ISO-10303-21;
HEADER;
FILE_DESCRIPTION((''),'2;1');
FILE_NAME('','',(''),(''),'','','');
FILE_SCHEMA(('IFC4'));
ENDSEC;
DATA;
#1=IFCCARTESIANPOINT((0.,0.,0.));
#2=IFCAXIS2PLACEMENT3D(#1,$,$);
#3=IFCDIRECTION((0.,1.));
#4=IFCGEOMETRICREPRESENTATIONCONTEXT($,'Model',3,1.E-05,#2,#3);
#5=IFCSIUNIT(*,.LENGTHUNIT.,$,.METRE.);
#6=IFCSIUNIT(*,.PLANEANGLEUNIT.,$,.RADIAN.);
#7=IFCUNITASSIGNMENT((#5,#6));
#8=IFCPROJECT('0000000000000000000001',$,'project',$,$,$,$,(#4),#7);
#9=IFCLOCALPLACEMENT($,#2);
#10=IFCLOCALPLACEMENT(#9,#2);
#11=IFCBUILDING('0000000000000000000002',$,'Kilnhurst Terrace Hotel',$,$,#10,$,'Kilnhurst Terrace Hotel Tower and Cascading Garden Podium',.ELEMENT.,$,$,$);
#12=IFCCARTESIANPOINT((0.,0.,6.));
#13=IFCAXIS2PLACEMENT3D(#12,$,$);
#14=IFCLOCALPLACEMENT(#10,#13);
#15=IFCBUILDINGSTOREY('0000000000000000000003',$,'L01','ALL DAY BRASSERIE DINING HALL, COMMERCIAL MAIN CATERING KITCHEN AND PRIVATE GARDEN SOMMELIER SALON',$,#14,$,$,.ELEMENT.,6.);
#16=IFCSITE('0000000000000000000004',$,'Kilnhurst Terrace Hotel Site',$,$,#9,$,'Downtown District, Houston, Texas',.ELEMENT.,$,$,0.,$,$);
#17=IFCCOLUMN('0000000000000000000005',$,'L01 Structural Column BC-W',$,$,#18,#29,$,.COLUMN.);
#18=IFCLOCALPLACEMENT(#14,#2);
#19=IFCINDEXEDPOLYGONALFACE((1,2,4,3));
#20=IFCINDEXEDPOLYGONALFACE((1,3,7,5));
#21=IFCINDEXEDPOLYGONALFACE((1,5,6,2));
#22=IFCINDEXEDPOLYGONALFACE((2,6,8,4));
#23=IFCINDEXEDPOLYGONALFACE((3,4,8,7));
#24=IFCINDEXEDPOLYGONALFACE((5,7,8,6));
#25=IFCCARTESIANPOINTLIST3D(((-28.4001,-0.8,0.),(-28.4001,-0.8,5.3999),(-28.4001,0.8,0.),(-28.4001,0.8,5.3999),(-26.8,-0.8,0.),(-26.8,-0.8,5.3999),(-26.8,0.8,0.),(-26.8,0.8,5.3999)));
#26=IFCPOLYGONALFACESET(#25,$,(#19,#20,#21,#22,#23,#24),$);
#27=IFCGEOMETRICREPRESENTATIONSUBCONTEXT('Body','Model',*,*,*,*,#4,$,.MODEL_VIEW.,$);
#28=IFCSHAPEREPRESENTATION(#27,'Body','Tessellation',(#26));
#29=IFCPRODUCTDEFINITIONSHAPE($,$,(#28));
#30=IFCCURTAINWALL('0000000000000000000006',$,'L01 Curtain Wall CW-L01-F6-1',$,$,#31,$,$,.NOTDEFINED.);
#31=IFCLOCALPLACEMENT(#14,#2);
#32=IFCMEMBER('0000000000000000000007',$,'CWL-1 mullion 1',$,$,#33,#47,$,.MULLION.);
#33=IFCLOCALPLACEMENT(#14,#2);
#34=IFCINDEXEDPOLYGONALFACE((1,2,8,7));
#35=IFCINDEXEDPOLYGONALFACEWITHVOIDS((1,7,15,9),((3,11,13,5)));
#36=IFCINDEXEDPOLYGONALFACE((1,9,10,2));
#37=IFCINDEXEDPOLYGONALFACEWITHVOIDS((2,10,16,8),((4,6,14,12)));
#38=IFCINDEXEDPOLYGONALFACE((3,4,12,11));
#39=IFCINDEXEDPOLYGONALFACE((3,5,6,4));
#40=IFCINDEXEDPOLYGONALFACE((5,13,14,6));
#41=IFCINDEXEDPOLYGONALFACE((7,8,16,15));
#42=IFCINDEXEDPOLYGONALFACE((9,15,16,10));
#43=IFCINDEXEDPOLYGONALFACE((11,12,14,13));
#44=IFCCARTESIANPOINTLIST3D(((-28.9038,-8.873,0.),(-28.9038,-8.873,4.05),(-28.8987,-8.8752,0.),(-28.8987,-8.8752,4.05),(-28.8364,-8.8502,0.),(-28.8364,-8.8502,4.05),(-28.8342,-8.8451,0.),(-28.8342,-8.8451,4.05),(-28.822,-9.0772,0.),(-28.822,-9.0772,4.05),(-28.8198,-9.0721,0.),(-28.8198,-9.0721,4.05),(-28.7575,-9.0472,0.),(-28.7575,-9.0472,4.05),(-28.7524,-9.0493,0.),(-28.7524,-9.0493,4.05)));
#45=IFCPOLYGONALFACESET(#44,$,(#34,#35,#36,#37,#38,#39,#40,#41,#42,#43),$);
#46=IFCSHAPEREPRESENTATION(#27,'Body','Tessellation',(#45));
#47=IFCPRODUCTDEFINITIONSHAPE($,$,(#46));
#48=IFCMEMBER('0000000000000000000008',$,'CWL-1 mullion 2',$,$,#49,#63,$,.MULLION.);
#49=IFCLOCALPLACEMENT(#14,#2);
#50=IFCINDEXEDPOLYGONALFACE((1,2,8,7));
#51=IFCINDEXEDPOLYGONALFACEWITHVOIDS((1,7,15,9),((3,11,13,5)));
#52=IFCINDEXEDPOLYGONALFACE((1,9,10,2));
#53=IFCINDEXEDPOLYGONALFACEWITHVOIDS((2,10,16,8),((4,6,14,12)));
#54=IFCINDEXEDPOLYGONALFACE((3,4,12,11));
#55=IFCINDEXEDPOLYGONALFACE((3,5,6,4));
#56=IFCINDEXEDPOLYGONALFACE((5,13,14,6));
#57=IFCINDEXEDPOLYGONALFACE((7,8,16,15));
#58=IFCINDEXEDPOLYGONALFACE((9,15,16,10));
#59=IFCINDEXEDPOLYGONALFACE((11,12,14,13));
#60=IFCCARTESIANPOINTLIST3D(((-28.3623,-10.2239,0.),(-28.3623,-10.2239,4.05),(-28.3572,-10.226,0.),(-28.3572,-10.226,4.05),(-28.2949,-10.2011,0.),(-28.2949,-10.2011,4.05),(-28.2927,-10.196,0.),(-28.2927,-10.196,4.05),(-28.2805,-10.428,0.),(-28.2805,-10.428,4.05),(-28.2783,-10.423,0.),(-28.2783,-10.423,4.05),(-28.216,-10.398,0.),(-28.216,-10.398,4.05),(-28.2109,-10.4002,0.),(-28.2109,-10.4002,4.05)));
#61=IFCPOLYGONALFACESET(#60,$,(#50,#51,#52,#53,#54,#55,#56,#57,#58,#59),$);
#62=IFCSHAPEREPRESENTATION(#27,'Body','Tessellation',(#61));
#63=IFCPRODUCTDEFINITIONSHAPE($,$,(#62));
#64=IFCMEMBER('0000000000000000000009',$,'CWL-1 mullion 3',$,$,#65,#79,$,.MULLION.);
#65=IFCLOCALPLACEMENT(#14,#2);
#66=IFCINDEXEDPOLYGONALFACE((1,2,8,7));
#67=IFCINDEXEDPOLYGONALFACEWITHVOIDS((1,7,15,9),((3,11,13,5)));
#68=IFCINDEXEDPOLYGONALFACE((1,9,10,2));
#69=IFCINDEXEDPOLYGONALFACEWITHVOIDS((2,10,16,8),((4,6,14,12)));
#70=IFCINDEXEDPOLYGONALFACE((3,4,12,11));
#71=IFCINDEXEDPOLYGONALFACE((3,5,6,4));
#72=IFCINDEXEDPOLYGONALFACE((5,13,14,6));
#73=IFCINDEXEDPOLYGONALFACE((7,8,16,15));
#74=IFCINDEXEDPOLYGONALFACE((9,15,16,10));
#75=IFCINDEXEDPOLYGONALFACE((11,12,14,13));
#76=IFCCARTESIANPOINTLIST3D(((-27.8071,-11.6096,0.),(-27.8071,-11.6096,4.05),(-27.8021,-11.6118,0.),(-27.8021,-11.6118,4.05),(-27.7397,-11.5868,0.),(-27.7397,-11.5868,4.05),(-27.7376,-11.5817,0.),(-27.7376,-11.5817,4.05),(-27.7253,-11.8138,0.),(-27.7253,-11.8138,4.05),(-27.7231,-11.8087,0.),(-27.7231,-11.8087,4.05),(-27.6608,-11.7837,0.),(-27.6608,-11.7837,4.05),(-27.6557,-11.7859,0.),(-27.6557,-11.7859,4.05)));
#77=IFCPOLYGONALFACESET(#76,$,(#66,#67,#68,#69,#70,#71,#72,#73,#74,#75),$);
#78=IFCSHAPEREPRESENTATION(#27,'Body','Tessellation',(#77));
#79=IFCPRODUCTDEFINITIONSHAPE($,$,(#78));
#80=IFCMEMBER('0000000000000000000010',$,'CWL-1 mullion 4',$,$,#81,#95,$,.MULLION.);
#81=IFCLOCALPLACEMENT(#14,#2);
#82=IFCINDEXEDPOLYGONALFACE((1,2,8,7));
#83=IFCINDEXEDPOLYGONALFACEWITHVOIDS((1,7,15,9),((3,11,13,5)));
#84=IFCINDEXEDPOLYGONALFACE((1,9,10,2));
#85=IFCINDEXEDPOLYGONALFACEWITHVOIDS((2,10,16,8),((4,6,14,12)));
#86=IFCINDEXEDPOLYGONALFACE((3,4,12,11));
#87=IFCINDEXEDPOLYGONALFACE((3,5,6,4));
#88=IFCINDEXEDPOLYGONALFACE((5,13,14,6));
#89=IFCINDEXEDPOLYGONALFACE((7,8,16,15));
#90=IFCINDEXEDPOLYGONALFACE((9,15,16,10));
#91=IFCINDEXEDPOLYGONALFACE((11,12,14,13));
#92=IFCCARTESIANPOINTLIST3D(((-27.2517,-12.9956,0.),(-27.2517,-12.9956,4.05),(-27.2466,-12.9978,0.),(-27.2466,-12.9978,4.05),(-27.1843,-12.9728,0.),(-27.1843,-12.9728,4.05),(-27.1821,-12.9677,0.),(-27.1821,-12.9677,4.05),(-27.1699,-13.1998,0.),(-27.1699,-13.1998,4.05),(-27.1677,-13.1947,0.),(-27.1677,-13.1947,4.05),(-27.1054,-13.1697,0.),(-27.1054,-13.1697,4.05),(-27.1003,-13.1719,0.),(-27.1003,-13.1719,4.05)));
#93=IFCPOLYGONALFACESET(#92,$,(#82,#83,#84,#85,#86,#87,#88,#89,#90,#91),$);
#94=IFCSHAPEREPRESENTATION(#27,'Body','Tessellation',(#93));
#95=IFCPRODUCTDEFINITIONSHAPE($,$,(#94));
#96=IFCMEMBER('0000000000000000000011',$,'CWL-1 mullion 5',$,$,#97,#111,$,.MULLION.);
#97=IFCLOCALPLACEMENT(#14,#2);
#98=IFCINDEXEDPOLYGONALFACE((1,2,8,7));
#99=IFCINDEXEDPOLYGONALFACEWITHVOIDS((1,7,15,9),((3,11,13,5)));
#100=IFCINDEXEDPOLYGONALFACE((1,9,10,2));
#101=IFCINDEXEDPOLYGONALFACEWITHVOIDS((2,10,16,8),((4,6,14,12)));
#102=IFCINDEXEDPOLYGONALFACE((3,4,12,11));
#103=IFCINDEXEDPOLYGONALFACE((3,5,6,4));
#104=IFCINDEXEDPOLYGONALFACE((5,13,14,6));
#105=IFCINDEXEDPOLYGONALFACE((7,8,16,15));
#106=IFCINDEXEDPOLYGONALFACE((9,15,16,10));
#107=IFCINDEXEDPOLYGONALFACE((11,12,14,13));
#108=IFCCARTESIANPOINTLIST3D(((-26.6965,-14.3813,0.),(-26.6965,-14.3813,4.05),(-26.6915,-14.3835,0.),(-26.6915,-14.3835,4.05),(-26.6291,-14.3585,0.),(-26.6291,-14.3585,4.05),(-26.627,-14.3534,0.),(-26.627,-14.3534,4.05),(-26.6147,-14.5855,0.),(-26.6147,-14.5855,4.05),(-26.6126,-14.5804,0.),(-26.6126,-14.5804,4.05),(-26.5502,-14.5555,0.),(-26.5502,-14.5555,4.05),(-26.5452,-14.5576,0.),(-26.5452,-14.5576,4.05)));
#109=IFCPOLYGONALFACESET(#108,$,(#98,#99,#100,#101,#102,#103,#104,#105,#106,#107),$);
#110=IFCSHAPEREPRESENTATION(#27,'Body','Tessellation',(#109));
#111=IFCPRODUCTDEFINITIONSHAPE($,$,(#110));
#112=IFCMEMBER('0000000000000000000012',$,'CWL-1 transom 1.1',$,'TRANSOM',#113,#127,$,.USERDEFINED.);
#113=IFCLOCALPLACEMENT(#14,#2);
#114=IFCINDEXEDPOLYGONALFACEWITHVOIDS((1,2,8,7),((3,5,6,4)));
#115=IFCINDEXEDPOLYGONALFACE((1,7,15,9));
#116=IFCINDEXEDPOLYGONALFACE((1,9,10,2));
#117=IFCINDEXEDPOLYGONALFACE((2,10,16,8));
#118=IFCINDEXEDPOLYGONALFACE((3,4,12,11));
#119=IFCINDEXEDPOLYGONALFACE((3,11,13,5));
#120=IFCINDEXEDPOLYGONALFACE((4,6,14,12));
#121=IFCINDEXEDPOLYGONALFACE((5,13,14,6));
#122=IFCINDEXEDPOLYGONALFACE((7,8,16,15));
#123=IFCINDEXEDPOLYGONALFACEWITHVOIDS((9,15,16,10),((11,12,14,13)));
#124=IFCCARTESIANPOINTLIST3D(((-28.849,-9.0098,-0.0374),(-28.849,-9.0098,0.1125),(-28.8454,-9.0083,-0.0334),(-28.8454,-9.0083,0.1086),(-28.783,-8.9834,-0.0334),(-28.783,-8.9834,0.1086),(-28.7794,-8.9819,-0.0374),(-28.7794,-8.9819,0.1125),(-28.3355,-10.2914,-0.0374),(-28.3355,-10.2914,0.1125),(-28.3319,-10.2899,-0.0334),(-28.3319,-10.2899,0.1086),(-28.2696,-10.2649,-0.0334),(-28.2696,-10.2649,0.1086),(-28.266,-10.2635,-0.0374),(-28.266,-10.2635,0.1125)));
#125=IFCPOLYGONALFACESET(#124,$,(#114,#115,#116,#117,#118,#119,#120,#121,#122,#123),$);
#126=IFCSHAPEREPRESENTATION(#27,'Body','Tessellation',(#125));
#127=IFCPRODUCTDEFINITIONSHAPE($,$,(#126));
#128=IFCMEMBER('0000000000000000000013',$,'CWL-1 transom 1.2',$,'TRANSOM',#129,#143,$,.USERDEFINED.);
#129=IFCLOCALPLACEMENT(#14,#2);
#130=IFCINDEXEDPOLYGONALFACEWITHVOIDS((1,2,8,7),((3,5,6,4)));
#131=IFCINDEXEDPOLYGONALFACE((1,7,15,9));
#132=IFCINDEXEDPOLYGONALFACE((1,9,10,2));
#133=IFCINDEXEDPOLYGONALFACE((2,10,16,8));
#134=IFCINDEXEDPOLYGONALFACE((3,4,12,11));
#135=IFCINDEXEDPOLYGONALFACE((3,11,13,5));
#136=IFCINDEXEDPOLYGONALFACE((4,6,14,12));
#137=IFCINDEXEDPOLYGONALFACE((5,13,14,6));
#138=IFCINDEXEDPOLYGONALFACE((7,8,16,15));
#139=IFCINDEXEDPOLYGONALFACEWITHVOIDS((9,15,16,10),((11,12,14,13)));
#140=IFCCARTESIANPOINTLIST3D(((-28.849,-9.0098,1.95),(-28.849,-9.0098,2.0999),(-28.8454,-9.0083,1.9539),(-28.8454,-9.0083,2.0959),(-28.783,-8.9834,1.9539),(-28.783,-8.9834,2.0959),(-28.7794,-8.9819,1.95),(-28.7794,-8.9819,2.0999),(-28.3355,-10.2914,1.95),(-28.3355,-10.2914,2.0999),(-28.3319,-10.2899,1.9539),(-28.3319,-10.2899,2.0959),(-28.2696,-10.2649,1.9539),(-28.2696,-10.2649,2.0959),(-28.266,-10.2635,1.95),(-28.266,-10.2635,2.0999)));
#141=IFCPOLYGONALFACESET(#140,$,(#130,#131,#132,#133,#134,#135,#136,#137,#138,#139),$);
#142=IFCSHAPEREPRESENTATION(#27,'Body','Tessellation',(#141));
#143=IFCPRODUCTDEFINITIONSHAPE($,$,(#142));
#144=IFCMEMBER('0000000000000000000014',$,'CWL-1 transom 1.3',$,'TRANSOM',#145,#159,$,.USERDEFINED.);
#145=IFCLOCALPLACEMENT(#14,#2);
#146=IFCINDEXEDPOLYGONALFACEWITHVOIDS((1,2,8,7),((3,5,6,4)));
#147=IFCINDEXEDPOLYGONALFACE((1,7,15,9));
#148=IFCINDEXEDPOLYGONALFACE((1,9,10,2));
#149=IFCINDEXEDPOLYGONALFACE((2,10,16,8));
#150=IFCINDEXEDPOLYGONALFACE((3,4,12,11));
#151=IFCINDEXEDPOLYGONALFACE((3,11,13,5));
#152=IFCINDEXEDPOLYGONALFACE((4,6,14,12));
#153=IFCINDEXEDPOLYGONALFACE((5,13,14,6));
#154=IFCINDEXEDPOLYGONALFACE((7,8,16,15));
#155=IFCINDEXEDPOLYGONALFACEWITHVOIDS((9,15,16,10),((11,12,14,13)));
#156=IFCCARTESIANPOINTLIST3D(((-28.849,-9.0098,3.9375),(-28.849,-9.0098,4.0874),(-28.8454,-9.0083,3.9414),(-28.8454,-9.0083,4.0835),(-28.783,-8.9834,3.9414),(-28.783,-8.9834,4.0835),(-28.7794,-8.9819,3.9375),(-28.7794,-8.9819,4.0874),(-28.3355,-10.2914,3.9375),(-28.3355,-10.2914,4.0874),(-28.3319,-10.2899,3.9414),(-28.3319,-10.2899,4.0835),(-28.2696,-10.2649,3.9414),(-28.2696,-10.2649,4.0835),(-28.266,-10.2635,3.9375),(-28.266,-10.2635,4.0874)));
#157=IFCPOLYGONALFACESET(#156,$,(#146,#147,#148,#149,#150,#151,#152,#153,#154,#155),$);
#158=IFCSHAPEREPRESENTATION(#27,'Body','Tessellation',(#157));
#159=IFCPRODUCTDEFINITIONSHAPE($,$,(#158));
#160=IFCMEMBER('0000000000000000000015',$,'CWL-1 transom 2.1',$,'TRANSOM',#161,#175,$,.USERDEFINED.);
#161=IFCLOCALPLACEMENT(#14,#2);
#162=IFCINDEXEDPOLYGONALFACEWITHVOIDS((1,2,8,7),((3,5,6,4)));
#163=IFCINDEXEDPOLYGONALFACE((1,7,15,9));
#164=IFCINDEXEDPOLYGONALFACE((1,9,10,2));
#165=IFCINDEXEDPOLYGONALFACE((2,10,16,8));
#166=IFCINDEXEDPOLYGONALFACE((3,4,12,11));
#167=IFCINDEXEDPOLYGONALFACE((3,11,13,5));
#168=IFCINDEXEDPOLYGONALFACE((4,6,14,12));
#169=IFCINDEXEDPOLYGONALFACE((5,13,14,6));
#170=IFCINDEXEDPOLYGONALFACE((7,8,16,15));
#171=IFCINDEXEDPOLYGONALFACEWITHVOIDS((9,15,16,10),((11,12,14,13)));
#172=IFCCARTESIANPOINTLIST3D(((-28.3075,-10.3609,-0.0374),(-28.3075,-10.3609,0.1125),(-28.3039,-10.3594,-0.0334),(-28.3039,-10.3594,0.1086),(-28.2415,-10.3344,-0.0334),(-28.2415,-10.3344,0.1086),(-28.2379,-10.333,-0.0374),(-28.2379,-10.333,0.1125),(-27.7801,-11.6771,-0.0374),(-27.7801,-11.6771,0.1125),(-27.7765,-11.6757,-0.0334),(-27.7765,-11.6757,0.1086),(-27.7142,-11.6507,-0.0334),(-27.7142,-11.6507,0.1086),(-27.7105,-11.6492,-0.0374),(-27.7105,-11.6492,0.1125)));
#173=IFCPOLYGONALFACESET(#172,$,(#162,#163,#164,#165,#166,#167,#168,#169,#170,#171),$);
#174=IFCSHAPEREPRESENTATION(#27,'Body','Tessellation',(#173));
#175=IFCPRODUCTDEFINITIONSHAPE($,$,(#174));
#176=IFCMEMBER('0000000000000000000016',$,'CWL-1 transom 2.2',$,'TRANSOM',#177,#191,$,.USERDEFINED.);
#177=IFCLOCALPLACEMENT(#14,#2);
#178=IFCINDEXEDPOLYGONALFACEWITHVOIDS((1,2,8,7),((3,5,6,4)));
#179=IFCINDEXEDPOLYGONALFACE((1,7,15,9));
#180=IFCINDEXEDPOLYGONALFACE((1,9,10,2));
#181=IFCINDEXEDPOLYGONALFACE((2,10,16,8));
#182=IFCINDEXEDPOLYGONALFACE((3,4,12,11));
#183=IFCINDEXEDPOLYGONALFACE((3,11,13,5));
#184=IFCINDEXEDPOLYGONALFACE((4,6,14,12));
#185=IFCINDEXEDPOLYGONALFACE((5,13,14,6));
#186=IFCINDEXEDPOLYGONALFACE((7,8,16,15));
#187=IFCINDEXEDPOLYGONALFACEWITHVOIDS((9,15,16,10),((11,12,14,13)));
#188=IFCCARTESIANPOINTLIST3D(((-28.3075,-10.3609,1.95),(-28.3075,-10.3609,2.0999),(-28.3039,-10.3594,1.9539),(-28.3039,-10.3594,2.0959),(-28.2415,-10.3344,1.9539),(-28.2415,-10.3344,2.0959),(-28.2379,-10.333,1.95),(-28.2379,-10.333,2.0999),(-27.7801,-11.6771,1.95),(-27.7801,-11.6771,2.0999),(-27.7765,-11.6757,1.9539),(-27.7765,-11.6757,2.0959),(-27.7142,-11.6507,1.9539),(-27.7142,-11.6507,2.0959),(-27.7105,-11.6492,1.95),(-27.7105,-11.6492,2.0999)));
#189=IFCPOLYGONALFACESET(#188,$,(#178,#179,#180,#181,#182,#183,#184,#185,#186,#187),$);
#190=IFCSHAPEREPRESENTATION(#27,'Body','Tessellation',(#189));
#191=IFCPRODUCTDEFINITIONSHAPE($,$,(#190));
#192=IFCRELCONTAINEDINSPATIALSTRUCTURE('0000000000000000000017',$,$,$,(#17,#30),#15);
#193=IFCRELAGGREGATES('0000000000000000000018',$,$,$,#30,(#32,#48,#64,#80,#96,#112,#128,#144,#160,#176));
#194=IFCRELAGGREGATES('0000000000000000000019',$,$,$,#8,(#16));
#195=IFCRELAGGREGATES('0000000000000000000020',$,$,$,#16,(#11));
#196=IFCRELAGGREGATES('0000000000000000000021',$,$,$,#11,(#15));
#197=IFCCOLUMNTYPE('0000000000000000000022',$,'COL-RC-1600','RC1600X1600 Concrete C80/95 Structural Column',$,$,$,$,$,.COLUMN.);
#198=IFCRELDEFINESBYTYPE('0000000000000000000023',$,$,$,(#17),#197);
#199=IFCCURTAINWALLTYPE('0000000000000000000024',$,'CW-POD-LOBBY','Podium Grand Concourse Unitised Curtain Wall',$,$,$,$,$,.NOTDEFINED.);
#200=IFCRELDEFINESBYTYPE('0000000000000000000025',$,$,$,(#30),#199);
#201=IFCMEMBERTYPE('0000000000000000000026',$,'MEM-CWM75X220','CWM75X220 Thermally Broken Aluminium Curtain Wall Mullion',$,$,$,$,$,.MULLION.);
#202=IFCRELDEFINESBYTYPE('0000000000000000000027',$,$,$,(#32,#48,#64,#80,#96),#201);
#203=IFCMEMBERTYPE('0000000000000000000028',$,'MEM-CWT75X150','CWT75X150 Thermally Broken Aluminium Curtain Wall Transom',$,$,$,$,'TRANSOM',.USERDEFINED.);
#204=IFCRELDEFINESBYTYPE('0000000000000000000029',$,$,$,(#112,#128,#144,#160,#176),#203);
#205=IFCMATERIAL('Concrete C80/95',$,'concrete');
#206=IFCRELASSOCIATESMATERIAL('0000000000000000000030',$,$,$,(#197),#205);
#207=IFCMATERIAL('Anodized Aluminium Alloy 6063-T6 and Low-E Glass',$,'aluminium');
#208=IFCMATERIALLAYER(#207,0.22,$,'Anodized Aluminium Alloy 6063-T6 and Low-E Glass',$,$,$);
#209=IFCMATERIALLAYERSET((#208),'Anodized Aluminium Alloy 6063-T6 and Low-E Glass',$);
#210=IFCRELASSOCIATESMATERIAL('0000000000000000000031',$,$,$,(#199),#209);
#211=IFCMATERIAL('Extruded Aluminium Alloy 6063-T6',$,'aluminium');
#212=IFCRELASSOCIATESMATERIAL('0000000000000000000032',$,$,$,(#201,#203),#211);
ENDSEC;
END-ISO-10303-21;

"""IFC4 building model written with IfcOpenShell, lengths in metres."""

from ifc_helpers import new_model, si_unit, direction, frame, origin, origin_2d, place, context, subcontext, project, spatial, rectangle, hollow_rectangle, extrude, material, layer, layer_set, material_profile, profile_set, type_object, element, aggregate, save


model = new_model("IFC4")

# Units and contexts
model_context = context("Model", 3, precision=1e-05, world=origin(), true_north=direction((0.0, 1.0)))
body_context = subcontext(model_context, "Body", "Model", "MODEL_VIEW")
ifc_project = project(units=[si_unit("LENGTHUNIT", "METRE"), si_unit("PLANEANGLEUNIT", "RADIAN")], contexts=[model_context])

# Site, building, storey
site_placement = place(None, origin())
site = spatial("IfcSite", under=ifc_project, at=site_placement, Name="Kilnhurst Terrace Hotel Site", LongName="Downtown District, Houston, Texas", CompositionType="ELEMENT", RefElevation=0.0)
building_placement = place(site_placement, origin())
building = spatial("IfcBuilding", under=site, at=building_placement, Name="Kilnhurst Terrace Hotel", LongName="Kilnhurst Terrace Hotel Tower and Cascading Garden Podium", CompositionType="ELEMENT")
storey_placement = place(building_placement, frame((0.0, 0.0, 6.0)))
storey = spatial("IfcBuildingStorey", under=building, at=storey_placement, Name="L01", Description="ALL DAY BRASSERIE DINING HALL, COMMERCIAL MAIN CATERING KITCHEN AND PRIVATE GARDEN SOMMELIER SALON", CompositionType="ELEMENT", Elevation=6.0)

# Column
ifc_material_1 = material(Name="Concrete C80/95", Category="concrete")
ifc_material_profile_1 = material_profile(ifc_material_1, rectangle(XDim=1.6001, YDim=1.6001, at=origin_2d()), Name="RC1600X1600")
ifc_profile_set_1 = profile_set([ifc_material_profile_1], Name="Concrete C80/95")
column_type = type_object("IfcColumnType", Name="COL-RC-1600", Description="RC1600X1600 Concrete C80/95 Structural Column", PredefinedType="COLUMN", material=ifc_profile_set_1)
column_placement = place(storey_placement, frame((-27.6001, 0.0, 0.0), z_axis=(0.0, 0.0, 1.0), x_axis=(1.0, 0.0, 0.0)))
element("IfcColumn", 1, at=column_placement, inside=storey, type_object=column_type, Name="L01 Structural Column BC-W", PredefinedType="COLUMN", context=body_context, shape_type="SweptSolid", body=[
    extrude(rectangle(XDim=1.6001, YDim=1.6001, at=origin_2d()), origin(), (0.0, 0.0, 1.0), 5.3999),
])

# Curtain wall, members
ifc_material_2 = material(Name="Anodized Aluminium Alloy 6063-T6 and Low-E Glass", Category="aluminium")
ifc_layer_1 = layer(ifc_material_2, 0.22, Name="Anodized Aluminium Alloy 6063-T6 and Low-E Glass")
ifc_layer_set_1 = layer_set([ifc_layer_1], Name="Anodized Aluminium Alloy 6063-T6 and Low-E Glass")
curtain_wall_type = type_object("IfcCurtainWallType", Name="CW-POD-LOBBY", Description="Podium Grand Concourse Unitised Curtain Wall", PredefinedType="NOTDEFINED", material=ifc_layer_set_1)
curtain_wall_placement = place(storey_placement, origin())
curtain_wall = element("IfcCurtainWall", 2, at=curtain_wall_placement, inside=storey, type_object=curtain_wall_type, Name="L01 Curtain Wall CW-L01-F6-1", PredefinedType="NOTDEFINED")
ifc_material_3 = material(Name="Extruded Aluminium Alloy 6063-T6", Category="aluminium")
ifc_material_profile_2 = material_profile(ifc_material_3, hollow_rectangle(XDim=0.075, YDim=0.22, WallThickness=0.0039, at=origin_2d()), Name="CWM75X220")
ifc_profile_set_2 = profile_set([ifc_material_profile_2], Name="Extruded Aluminium Alloy 6063-T6")
member_type_1 = type_object("IfcMemberType", Name="MEM-CWM75X220", Description="CWM75X220 Thermally Broken Aluminium Curtain Wall Mullion", PredefinedType="MULLION", material=ifc_profile_set_2)
member_1_placement = place(storey_placement, frame((-28.8281, -8.9612, 0.0), z_axis=(0.0, 0.0, 1.0), x_axis=(0.928251, 0.371955, 0.0)))
member_1 = element("IfcMember", 3, at=member_1_placement, type_object=member_type_1, Name="CWL-1 mullion 1", PredefinedType="MULLION", context=body_context, shape_type="SweptSolid", body=[
    extrude(hollow_rectangle(XDim=0.075, YDim=0.22, WallThickness=0.0039, at=origin_2d()), origin(), (0.0, 0.0, 1.0), 4.05),
])
member_2_placement = place(storey_placement, frame((-28.2866, -10.312, 0.0), z_axis=(0.0, 0.0, 1.0), x_axis=(0.928251, 0.371955, 0.0)))
member_2 = element("IfcMember", 4, at=member_2_placement, type_object=member_type_1, Name="CWL-1 mullion 2", PredefinedType="MULLION", context=body_context, shape_type="SweptSolid", body=[
    extrude(hollow_rectangle(XDim=0.075, YDim=0.22, WallThickness=0.0039, at=origin_2d()), origin(), (0.0, 0.0, 1.0), 4.05),
])
member_3_placement = place(storey_placement, frame((-27.7314, -11.6978, 0.0), z_axis=(0.0, 0.0, 1.0), x_axis=(0.928251, 0.371955, 0.0)))
member_3 = element("IfcMember", 5, at=member_3_placement, type_object=member_type_1, Name="CWL-1 mullion 3", PredefinedType="MULLION", context=body_context, shape_type="SweptSolid", body=[
    extrude(hollow_rectangle(XDim=0.075, YDim=0.22, WallThickness=0.0039, at=origin_2d()), origin(), (0.0, 0.0, 1.0), 4.05),
])
member_4_placement = place(storey_placement, frame((-27.176, -13.0837, 0.0), z_axis=(0.0, 0.0, 1.0), x_axis=(0.928251, 0.371955, 0.0)))
member_4 = element("IfcMember", 6, at=member_4_placement, type_object=member_type_1, Name="CWL-1 mullion 4", PredefinedType="MULLION", context=body_context, shape_type="SweptSolid", body=[
    extrude(hollow_rectangle(XDim=0.075, YDim=0.22, WallThickness=0.0039, at=origin_2d()), origin(), (0.0, 0.0, 1.0), 4.05),
])
member_5_placement = place(storey_placement, frame((-26.6208, -14.4695, 0.0), z_axis=(0.0, 0.0, 1.0), x_axis=(0.928251, 0.371955, 0.0)))
member_5 = element("IfcMember", 7, at=member_5_placement, type_object=member_type_1, Name="CWL-1 mullion 5", PredefinedType="MULLION", context=body_context, shape_type="SweptSolid", body=[
    extrude(hollow_rectangle(XDim=0.075, YDim=0.22, WallThickness=0.0039, at=origin_2d()), origin(), (0.0, 0.0, 1.0), 4.05),
])
ifc_material_profile_3 = material_profile(ifc_material_3, hollow_rectangle(XDim=0.075, YDim=0.1499, WallThickness=0.0039, at=origin_2d()), Name="CWT75X150")
ifc_profile_set_3 = profile_set([ifc_material_profile_3], Name="Extruded Aluminium Alloy 6063-T6")
member_type_2 = type_object("IfcMemberType", Name="MEM-CWT75X150", Description="CWT75X150 Thermally Broken Aluminium Curtain Wall Transom", ElementType="TRANSOM", PredefinedType="USERDEFINED", material=ifc_profile_set_3)
member_6_placement = place(storey_placement, frame((-28.8142, -8.9958, 0.0376), z_axis=(0.371909, -0.928269, 0.0), x_axis=(0.928269, 0.371909, 0.0)))
member_6 = element("IfcMember", 8, at=member_6_placement, type_object=member_type_2, Name="CWL-1 transom 1.1", ObjectType="TRANSOM", PredefinedType="USERDEFINED", context=body_context, shape_type="SweptSolid", body=[
    extrude(hollow_rectangle(XDim=0.075, YDim=0.1499, WallThickness=0.0039, at=origin_2d()), origin(), (0.0, 0.0, 1.0), 1.3806),
])
member_7_placement = place(storey_placement, frame((-28.8142, -8.9958, 2.0249), z_axis=(0.371909, -0.928269, 0.0), x_axis=(0.928269, 0.371909, 0.0)))
member_7 = element("IfcMember", 9, at=member_7_placement, type_object=member_type_2, Name="CWL-1 transom 1.2", ObjectType="TRANSOM", PredefinedType="USERDEFINED", context=body_context, shape_type="SweptSolid", body=[
    extrude(hollow_rectangle(XDim=0.075, YDim=0.1499, WallThickness=0.0039, at=origin_2d()), origin(), (0.0, 0.0, 1.0), 1.3806),
])
member_8_placement = place(storey_placement, frame((-28.8142, -8.9958, 4.0125), z_axis=(0.371909, -0.928269, 0.0), x_axis=(0.928269, 0.371909, 0.0)))
member_8 = element("IfcMember", 10, at=member_8_placement, type_object=member_type_2, Name="CWL-1 transom 1.3", ObjectType="TRANSOM", PredefinedType="USERDEFINED", context=body_context, shape_type="SweptSolid", body=[
    extrude(hollow_rectangle(XDim=0.075, YDim=0.1499, WallThickness=0.0039, at=origin_2d()), origin(), (0.0, 0.0, 1.0), 1.3806),
])
member_9_placement = place(storey_placement, frame((-28.2727, -10.3469, 0.0376), z_axis=(0.371925, -0.928263, 0.0), x_axis=(0.928263, 0.371925, 0.0)))
member_9 = element("IfcMember", 11, at=member_9_placement, type_object=member_type_2, Name="CWL-1 transom 2.1", ObjectType="TRANSOM", PredefinedType="USERDEFINED", context=body_context, shape_type="SweptSolid", body=[
    extrude(hollow_rectangle(XDim=0.075, YDim=0.1499, WallThickness=0.0039, at=origin_2d()), origin(), (0.0, 0.0, 1.0), 1.418),
])
member_10_placement = place(storey_placement, frame((-28.2727, -10.3469, 2.0249), z_axis=(0.371925, -0.928263, 0.0), x_axis=(0.928263, 0.371925, 0.0)))
member_10 = element("IfcMember", 12, at=member_10_placement, type_object=member_type_2, Name="CWL-1 transom 2.2", ObjectType="TRANSOM", PredefinedType="USERDEFINED", context=body_context, shape_type="SweptSolid", body=[
    extrude(hollow_rectangle(XDim=0.075, YDim=0.1499, WallThickness=0.0039, at=origin_2d()), origin(), (0.0, 0.0, 1.0), 1.418),
])

aggregate(curtain_wall, [member_1, member_2, member_3, member_4, member_5, member_6, member_7, member_8, member_9, member_10])

save(model, "model.ifc")
